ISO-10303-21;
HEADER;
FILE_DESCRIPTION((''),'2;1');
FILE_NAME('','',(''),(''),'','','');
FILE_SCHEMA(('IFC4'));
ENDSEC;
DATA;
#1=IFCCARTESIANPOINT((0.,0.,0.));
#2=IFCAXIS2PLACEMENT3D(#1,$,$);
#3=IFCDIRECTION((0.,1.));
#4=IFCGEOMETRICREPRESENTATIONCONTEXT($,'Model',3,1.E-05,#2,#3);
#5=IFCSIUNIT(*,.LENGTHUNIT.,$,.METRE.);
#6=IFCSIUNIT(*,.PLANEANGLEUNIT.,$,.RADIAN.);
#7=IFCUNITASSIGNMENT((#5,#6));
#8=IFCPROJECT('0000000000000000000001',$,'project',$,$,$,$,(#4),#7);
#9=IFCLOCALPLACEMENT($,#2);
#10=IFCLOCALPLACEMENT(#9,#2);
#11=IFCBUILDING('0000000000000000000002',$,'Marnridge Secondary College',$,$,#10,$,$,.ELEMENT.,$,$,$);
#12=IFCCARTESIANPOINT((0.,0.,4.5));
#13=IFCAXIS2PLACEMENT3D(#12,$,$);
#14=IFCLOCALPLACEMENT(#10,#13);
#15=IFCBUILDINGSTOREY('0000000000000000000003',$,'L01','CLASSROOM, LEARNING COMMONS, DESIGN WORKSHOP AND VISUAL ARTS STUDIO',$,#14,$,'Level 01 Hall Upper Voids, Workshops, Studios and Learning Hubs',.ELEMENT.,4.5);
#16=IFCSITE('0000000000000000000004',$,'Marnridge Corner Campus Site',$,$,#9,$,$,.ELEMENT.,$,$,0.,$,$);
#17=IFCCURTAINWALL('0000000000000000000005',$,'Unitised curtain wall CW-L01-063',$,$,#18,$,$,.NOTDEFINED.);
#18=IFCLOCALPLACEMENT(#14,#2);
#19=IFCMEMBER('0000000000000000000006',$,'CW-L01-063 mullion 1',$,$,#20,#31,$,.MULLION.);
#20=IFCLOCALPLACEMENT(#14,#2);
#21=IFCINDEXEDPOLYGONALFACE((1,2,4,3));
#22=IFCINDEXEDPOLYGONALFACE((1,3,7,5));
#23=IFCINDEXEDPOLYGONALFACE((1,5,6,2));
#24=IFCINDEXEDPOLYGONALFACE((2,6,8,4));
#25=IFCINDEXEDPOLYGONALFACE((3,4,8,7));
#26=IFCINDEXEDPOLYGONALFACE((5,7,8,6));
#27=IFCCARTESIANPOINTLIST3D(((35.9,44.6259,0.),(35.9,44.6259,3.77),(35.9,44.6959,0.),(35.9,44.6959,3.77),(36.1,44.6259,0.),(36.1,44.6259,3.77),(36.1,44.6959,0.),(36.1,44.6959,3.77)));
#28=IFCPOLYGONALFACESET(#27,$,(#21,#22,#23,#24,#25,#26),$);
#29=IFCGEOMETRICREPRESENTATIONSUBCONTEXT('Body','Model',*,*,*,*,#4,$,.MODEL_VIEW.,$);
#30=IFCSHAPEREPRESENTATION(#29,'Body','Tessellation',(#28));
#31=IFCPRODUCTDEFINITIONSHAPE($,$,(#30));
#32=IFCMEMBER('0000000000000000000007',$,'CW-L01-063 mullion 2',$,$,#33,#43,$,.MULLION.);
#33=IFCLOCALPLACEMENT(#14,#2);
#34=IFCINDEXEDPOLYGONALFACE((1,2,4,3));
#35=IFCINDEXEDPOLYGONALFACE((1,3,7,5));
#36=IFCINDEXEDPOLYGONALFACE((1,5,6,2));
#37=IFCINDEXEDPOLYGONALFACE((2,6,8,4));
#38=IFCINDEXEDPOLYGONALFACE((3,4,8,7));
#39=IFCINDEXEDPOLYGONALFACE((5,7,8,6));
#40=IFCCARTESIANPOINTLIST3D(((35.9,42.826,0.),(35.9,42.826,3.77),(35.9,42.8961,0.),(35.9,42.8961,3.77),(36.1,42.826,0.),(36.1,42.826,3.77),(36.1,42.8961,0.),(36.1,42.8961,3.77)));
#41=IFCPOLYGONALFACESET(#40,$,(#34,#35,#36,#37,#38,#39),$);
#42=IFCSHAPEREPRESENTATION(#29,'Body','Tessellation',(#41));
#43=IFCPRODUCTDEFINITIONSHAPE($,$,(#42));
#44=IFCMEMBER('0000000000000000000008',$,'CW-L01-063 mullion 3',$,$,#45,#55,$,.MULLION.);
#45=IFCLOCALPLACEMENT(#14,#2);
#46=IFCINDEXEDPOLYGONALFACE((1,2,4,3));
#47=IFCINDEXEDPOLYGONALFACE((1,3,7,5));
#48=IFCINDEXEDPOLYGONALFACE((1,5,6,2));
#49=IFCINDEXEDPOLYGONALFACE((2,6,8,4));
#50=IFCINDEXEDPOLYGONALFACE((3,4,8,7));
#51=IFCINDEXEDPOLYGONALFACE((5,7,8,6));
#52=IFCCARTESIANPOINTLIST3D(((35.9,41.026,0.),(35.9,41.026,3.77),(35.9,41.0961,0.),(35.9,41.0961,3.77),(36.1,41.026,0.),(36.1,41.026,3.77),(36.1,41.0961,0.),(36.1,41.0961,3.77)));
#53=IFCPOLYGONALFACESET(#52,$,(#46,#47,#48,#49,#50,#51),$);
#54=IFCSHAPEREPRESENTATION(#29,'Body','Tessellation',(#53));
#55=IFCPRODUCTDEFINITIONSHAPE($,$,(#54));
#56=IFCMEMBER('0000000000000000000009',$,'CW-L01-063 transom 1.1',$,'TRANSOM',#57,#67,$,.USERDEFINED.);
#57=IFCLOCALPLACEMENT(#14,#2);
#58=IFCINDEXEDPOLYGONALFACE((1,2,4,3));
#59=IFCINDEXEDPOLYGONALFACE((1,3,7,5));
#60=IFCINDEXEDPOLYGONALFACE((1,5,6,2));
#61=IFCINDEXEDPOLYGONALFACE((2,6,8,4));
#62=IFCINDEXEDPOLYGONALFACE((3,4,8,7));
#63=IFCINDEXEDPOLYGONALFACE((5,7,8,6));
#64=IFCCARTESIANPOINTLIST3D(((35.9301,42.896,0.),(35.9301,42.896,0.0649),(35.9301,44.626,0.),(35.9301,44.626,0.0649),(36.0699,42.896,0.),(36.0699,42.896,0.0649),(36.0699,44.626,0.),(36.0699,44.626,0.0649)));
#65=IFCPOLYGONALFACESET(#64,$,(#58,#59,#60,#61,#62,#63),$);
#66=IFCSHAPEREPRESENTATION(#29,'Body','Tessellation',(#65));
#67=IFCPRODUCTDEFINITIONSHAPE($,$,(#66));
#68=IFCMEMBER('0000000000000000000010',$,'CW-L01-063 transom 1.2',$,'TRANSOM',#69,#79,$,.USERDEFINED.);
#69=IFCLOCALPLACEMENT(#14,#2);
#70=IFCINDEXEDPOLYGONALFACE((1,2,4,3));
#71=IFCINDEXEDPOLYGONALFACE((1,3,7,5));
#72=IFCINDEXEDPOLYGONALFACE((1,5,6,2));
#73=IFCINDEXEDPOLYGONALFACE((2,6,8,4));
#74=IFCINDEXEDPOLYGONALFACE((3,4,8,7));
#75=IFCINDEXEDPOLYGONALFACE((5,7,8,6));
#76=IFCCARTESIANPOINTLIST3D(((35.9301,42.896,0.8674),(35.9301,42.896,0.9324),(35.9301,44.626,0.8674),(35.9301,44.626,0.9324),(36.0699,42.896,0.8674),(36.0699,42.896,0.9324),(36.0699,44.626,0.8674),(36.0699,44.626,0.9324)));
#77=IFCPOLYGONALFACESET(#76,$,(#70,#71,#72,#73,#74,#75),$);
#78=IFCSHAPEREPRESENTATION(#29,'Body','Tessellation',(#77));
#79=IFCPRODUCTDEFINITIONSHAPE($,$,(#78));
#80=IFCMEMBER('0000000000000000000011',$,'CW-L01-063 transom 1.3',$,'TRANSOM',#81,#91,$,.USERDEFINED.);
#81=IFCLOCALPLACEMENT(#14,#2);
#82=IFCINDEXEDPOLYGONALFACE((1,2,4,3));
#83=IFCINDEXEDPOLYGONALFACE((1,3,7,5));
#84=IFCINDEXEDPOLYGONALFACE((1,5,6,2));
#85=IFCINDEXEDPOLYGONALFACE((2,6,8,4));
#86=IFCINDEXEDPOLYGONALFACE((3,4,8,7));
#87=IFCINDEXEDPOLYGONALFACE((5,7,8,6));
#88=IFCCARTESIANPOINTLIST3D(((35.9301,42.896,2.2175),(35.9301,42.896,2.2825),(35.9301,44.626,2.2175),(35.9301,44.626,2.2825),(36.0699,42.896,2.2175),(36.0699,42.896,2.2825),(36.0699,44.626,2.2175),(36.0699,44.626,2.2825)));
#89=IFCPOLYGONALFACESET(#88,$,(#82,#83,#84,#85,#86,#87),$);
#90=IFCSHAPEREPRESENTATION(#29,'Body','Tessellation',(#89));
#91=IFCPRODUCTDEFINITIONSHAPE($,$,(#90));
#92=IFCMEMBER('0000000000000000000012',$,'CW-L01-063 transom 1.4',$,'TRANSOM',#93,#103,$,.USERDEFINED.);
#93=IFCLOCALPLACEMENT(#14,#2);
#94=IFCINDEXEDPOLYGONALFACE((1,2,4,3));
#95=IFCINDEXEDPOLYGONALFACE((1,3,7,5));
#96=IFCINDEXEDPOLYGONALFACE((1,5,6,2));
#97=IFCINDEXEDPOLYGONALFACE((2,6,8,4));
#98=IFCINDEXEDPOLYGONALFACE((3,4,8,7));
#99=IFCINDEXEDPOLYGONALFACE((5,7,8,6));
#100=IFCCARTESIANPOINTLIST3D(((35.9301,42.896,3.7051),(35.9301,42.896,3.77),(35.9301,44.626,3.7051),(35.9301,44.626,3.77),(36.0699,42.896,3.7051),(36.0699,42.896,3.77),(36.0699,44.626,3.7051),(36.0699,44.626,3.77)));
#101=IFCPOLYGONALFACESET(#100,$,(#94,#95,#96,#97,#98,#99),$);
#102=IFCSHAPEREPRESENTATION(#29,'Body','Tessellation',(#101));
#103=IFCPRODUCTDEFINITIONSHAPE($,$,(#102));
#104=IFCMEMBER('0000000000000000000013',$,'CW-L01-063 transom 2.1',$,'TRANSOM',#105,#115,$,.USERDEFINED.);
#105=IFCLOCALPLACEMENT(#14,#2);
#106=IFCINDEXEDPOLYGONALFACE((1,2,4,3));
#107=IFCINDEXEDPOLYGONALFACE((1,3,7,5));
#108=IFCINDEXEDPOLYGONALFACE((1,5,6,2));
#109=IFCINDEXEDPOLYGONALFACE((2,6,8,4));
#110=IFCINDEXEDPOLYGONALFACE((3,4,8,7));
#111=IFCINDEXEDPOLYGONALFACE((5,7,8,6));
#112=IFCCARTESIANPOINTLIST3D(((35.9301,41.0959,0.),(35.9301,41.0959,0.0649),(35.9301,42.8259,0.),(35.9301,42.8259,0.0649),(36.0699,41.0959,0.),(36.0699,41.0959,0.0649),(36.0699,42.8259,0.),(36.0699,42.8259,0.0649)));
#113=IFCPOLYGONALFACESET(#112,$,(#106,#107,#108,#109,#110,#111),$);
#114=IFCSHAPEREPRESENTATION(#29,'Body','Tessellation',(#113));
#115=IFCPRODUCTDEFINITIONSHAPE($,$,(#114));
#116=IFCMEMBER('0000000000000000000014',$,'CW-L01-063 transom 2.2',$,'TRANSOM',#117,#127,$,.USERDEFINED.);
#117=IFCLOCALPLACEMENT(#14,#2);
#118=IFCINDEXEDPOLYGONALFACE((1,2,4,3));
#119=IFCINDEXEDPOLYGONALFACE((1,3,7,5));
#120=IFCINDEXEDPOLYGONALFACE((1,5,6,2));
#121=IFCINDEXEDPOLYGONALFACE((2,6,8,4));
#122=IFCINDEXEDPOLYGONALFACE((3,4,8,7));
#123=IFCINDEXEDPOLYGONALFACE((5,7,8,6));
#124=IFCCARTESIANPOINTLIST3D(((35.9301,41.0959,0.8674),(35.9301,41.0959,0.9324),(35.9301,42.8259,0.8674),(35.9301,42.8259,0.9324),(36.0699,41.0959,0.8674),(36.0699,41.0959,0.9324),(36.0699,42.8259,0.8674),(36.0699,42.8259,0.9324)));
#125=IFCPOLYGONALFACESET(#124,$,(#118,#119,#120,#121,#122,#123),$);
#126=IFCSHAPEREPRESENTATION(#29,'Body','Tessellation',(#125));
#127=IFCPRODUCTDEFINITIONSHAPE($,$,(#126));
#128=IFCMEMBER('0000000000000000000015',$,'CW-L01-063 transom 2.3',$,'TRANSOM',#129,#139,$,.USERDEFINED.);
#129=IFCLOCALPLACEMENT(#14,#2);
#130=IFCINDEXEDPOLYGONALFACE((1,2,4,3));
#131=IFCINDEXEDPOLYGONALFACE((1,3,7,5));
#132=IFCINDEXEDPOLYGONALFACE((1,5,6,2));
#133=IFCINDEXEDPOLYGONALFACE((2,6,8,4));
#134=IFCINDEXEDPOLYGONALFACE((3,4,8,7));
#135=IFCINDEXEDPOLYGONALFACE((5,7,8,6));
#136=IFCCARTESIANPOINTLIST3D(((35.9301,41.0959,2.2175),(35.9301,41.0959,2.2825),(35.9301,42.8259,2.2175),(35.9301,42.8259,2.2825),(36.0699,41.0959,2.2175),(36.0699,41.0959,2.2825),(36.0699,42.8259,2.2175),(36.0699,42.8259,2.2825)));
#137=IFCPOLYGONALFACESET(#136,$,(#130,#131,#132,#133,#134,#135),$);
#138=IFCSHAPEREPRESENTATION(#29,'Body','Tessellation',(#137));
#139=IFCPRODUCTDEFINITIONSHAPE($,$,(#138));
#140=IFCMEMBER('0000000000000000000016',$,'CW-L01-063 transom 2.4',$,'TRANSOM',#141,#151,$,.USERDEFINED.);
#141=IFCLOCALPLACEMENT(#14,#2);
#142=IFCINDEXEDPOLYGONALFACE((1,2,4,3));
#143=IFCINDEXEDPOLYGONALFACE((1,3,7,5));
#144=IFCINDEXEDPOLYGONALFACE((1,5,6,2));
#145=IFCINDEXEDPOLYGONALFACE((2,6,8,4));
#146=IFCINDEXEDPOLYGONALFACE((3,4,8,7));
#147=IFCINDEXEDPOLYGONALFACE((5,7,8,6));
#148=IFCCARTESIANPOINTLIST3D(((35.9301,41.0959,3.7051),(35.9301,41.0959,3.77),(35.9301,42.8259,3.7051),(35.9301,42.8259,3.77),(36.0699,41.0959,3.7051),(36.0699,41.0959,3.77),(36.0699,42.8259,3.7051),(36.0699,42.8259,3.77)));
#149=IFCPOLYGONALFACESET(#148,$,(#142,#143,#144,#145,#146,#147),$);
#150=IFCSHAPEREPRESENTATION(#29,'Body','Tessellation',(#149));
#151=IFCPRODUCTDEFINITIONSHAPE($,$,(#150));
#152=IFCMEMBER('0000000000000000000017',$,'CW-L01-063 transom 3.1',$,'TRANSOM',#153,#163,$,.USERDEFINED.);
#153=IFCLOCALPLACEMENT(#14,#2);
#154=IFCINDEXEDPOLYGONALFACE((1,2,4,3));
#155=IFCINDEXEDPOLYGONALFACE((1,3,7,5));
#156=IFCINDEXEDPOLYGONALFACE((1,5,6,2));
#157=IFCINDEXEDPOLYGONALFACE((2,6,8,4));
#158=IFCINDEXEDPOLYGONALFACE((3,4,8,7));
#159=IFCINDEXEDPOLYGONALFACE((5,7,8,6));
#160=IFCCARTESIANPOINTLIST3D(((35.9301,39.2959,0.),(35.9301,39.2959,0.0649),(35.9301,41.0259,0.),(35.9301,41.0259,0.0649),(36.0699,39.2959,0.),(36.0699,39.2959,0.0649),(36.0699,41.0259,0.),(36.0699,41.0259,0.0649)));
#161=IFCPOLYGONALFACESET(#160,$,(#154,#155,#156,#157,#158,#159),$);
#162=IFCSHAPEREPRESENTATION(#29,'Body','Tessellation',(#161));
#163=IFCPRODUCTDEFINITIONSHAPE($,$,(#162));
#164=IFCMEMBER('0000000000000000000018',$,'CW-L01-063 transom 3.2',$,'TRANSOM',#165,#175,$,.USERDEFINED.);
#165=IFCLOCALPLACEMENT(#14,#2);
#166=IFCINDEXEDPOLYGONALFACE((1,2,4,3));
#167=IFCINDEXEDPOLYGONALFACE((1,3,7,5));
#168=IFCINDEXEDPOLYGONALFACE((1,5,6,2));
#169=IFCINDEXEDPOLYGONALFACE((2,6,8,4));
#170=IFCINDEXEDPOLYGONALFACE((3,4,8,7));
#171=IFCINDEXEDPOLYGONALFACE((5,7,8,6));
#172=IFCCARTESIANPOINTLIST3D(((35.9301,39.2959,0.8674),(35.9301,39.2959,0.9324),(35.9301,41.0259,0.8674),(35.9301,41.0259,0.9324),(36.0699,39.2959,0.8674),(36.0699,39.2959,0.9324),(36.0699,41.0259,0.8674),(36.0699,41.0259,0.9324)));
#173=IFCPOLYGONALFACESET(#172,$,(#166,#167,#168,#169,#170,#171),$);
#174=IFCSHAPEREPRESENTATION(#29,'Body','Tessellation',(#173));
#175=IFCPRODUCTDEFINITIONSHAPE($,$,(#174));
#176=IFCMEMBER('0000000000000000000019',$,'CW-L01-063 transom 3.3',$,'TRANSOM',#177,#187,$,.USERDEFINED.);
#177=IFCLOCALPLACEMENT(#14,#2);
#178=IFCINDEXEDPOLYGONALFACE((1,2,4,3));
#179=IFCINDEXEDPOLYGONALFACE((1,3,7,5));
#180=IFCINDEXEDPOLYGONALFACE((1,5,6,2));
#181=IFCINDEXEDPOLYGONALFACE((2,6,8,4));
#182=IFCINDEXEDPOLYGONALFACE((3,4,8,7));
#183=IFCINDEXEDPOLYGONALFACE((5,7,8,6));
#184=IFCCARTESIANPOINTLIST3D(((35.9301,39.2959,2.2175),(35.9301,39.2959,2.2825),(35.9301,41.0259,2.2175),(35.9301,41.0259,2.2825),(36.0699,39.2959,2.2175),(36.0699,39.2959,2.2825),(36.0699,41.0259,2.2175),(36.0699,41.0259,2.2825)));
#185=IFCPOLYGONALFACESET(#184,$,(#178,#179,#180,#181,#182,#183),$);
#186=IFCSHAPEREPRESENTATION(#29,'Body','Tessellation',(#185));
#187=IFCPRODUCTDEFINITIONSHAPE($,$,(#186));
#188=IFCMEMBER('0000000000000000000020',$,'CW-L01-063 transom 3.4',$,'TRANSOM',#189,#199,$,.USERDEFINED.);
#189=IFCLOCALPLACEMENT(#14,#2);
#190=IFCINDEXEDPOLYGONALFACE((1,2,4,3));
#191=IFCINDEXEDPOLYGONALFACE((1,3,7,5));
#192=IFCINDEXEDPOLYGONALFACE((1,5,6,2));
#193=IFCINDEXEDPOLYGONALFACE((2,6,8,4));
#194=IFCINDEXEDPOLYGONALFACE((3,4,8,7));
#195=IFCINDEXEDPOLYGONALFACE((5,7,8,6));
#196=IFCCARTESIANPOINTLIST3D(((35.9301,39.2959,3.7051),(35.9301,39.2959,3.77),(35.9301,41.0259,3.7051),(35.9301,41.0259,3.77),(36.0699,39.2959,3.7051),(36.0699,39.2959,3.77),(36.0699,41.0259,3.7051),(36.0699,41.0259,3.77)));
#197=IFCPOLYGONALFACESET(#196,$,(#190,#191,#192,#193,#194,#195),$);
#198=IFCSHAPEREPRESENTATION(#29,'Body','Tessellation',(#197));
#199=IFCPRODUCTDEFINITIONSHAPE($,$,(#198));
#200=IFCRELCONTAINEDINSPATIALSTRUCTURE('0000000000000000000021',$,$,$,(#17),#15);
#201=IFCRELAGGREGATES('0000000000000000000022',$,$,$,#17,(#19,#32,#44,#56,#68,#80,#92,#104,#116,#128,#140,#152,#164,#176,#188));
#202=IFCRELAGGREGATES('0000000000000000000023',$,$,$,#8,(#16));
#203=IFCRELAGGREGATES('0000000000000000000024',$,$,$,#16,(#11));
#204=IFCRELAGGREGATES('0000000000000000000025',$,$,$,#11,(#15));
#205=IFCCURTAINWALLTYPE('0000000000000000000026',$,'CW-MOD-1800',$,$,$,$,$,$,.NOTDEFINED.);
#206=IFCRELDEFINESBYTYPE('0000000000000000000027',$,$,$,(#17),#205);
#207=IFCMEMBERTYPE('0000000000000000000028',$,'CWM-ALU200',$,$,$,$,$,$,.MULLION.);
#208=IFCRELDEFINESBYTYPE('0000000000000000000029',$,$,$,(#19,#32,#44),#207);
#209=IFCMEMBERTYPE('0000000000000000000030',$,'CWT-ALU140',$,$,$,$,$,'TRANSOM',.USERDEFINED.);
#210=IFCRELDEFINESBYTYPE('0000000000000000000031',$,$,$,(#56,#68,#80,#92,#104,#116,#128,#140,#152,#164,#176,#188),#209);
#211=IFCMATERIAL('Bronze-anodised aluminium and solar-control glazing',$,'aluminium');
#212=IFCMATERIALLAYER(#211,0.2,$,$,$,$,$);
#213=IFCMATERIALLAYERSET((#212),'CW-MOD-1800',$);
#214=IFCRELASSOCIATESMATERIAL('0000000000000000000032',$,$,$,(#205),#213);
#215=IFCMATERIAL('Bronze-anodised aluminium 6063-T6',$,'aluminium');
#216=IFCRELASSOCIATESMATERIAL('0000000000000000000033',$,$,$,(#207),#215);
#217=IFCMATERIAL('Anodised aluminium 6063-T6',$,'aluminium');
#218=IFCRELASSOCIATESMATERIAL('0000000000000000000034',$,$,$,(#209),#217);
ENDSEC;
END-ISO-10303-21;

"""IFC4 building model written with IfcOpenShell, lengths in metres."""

from ifc_helpers import new_model, si_unit, direction, frame, origin, origin_2d, place, context, subcontext, project, spatial, rectangle, extrude, material, layer, layer_set, material_profile, profile_set, type_object, element, aggregate, save


model = new_model("IFC4")

# Units and contexts
model_context = context("Model", 3, precision=1e-05, world=origin(), true_north=direction((0.0, 1.0)))
body_context = subcontext(model_context, "Body", "Model", "MODEL_VIEW")
ifc_project = project(units=[si_unit("LENGTHUNIT", "METRE"), si_unit("PLANEANGLEUNIT", "RADIAN")], contexts=[model_context])

# Site, building, storey
site_placement = place(None, origin())
site = spatial("IfcSite", under=ifc_project, at=site_placement, Name="Marnridge Corner Campus Site", CompositionType="ELEMENT", RefElevation=0.0)
building_placement = place(site_placement, origin())
building = spatial("IfcBuilding", under=site, at=building_placement, Name="Marnridge Secondary College", CompositionType="ELEMENT")
storey_placement = place(building_placement, frame((0.0, 0.0, 4.5)))
storey = spatial("IfcBuildingStorey", under=building, at=storey_placement, Name="L01", Description="CLASSROOM, LEARNING COMMONS, DESIGN WORKSHOP AND VISUAL ARTS STUDIO", LongName="Level 01 Hall Upper Voids, Workshops, Studios and Learning Hubs", CompositionType="ELEMENT", Elevation=4.5)

# Curtain wall, members
ifc_material_1 = material(Name="Bronze-anodised aluminium and solar-control glazing", Category="aluminium")
ifc_layer_1 = layer(ifc_material_1, 0.2)
ifc_layer_set_1 = layer_set([ifc_layer_1], Name="CW-MOD-1800")
curtain_wall_type = type_object("IfcCurtainWallType", Name="CW-MOD-1800", PredefinedType="NOTDEFINED", material=ifc_layer_set_1)
curtain_wall_placement = place(storey_placement, origin())
curtain_wall = element("IfcCurtainWall", 1, at=curtain_wall_placement, inside=storey, type_object=curtain_wall_type, Name="Unitised curtain wall CW-L01-063", PredefinedType="NOTDEFINED")
ifc_material_2 = material(Name="Bronze-anodised aluminium 6063-T6", Category="aluminium")
ifc_material_profile_1 = material_profile(ifc_material_2, rectangle(XDim=0.0701, YDim=0.2, at=origin_2d()), Name="ALU 70x200")
ifc_profile_set_1 = profile_set([ifc_material_profile_1], Name="Bronze-anodised aluminium 6063-T6")
member_type_1 = type_object("IfcMemberType", Name="CWM-ALU200", PredefinedType="MULLION", material=ifc_profile_set_1)
member_1_placement = place(storey_placement, frame((36.0, 44.6609, 0.0), z_axis=(0.0, 0.0, 1.0), x_axis=(0.0, -1.0, 0.0)))
member_1 = element("IfcMember", 2, at=member_1_placement, type_object=member_type_1, Name="CW-L01-063 mullion 1", PredefinedType="MULLION", context=body_context, shape_type="SweptSolid", body=[
    extrude(rectangle(XDim=0.0701, YDim=0.2, at=origin_2d()), origin(), (0.0, 0.0, 1.0), 3.77),
])
member_2_placement = place(storey_placement, frame((36.0, 42.8611, 0.0), z_axis=(0.0, 0.0, 1.0), x_axis=(0.0, -1.0, 0.0)))
member_2 = element("IfcMember", 3, at=member_2_placement, type_object=member_type_1, Name="CW-L01-063 mullion 2", PredefinedType="MULLION", context=body_context, shape_type="SweptSolid", body=[
    extrude(rectangle(XDim=0.0701, YDim=0.2, at=origin_2d()), origin(), (0.0, 0.0, 1.0), 3.77),
])
member_3_placement = place(storey_placement, frame((36.0, 41.061, 0.0), z_axis=(0.0, 0.0, 1.0), x_axis=(0.0, -1.0, 0.0)))
member_3 = element("IfcMember", 4, at=member_3_placement, type_object=member_type_1, Name="CW-L01-063 mullion 3", PredefinedType="MULLION", context=body_context, shape_type="SweptSolid", body=[
    extrude(rectangle(XDim=0.0701, YDim=0.2, at=origin_2d()), origin(), (0.0, 0.0, 1.0), 3.77),
])
ifc_material_3 = material(Name="Anodised aluminium 6063-T6", Category="aluminium")
ifc_material_profile_2 = material_profile(ifc_material_3, rectangle(XDim=0.0649, YDim=0.1399, at=origin_2d()), Name="ALU 65x140")
ifc_profile_set_2 = profile_set([ifc_material_profile_2], Name="Anodised aluminium 6063-T6")
member_type_2 = type_object("IfcMemberType", Name="CWT-ALU140", ElementType="TRANSOM", PredefinedType="USERDEFINED", material=ifc_profile_set_2)
member_4_placement = place(storey_placement, frame((36.0, 44.626, 0.0325), z_axis=(0.0, -1.0, 0.0), x_axis=(0.0, 0.0, 1.0)))
member_4 = element("IfcMember", 5, at=member_4_placement, type_object=member_type_2, Name="CW-L01-063 transom 1.1", ObjectType="TRANSOM", PredefinedType="USERDEFINED", context=body_context, shape_type="SweptSolid", body=[
    extrude(rectangle(XDim=0.0649, YDim=0.1399, at=origin_2d()), origin(), (0.0, 0.0, 1.0), 1.73),
])
member_5_placement = place(storey_placement, frame((36.0, 44.626, 0.8999), z_axis=(0.0, -1.0, 0.0), x_axis=(0.0, 0.0, 1.0)))
member_5 = element("IfcMember", 6, at=member_5_placement, type_object=member_type_2, Name="CW-L01-063 transom 1.2", ObjectType="TRANSOM", PredefinedType="USERDEFINED", context=body_context, shape_type="SweptSolid", body=[
    extrude(rectangle(XDim=0.0649, YDim=0.1399, at=origin_2d()), origin(), (0.0, 0.0, 1.0), 1.73),
])
member_6_placement = place(storey_placement, frame((36.0, 44.626, 2.25), z_axis=(0.0, -1.0, 0.0), x_axis=(0.0, 0.0, 1.0)))
member_6 = element("IfcMember", 7, at=member_6_placement, type_object=member_type_2, Name="CW-L01-063 transom 1.3", ObjectType="TRANSOM", PredefinedType="USERDEFINED", context=body_context, shape_type="SweptSolid", body=[
    extrude(rectangle(XDim=0.0649, YDim=0.1399, at=origin_2d()), origin(), (0.0, 0.0, 1.0), 1.73),
])
member_7_placement = place(storey_placement, frame((36.0, 44.626, 3.7375), z_axis=(0.0, -1.0, 0.0), x_axis=(0.0, 0.0, 1.0)))
member_7 = element("IfcMember", 8, at=member_7_placement, type_object=member_type_2, Name="CW-L01-063 transom 1.4", ObjectType="TRANSOM", PredefinedType="USERDEFINED", context=body_context, shape_type="SweptSolid", body=[
    extrude(rectangle(XDim=0.0649, YDim=0.1399, at=origin_2d()), origin(), (0.0, 0.0, 1.0), 1.73),
])
member_8_placement = place(storey_placement, frame((36.0, 42.8259, 0.0325), z_axis=(0.0, -1.0, 0.0), x_axis=(0.0, 0.0, 1.0)))
member_8 = element("IfcMember", 9, at=member_8_placement, type_object=member_type_2, Name="CW-L01-063 transom 2.1", ObjectType="TRANSOM", PredefinedType="USERDEFINED", context=body_context, shape_type="SweptSolid", body=[
    extrude(rectangle(XDim=0.0649, YDim=0.1399, at=origin_2d()), origin(), (0.0, 0.0, 1.0), 1.73),
])
member_9_placement = place(storey_placement, frame((36.0, 42.8259, 0.8999), z_axis=(0.0, -1.0, 0.0), x_axis=(0.0, 0.0, 1.0)))
member_9 = element("IfcMember", 10, at=member_9_placement, type_object=member_type_2, Name="CW-L01-063 transom 2.2", ObjectType="TRANSOM", PredefinedType="USERDEFINED", context=body_context, shape_type="SweptSolid", body=[
    extrude(rectangle(XDim=0.0649, YDim=0.1399, at=origin_2d()), origin(), (0.0, 0.0, 1.0), 1.73),
])
member_10_placement = place(storey_placement, frame((36.0, 42.8259, 2.25), z_axis=(0.0, -1.0, 0.0), x_axis=(0.0, 0.0, 1.0)))
member_10 = element("IfcMember", 11, at=member_10_placement, type_object=member_type_2, Name="CW-L01-063 transom 2.3", ObjectType="TRANSOM", PredefinedType="USERDEFINED", context=body_context, shape_type="SweptSolid", body=[
    extrude(rectangle(XDim=0.0649, YDim=0.1399, at=origin_2d()), origin(), (0.0, 0.0, 1.0), 1.73),
])
member_11_placement = place(storey_placement, frame((36.0, 42.8259, 3.7375), z_axis=(0.0, -1.0, 0.0), x_axis=(0.0, 0.0, 1.0)))
member_11 = element("IfcMember", 12, at=member_11_placement, type_object=member_type_2, Name="CW-L01-063 transom 2.4", ObjectType="TRANSOM", PredefinedType="USERDEFINED", context=body_context, shape_type="SweptSolid", body=[
    extrude(rectangle(XDim=0.0649, YDim=0.1399, at=origin_2d()), origin(), (0.0, 0.0, 1.0), 1.73),
])
member_12_placement = place(storey_placement, frame((36.0, 41.0259, 0.0325), z_axis=(0.0, -1.0, 0.0), x_axis=(0.0, 0.0, 1.0)))
member_12 = element("IfcMember", 13, at=member_12_placement, type_object=member_type_2, Name="CW-L01-063 transom 3.1", ObjectType="TRANSOM", PredefinedType="USERDEFINED", context=body_context, shape_type="SweptSolid", body=[
    extrude(rectangle(XDim=0.0649, YDim=0.1399, at=origin_2d()), origin(), (0.0, 0.0, 1.0), 1.73),
])
member_13_placement = place(storey_placement, frame((36.0, 41.0259, 0.8999), z_axis=(0.0, -1.0, 0.0), x_axis=(0.0, 0.0, 1.0)))
member_13 = element("IfcMember", 14, at=member_13_placement, type_object=member_type_2, Name="CW-L01-063 transom 3.2", ObjectType="TRANSOM", PredefinedType="USERDEFINED", context=body_context, shape_type="SweptSolid", body=[
    extrude(rectangle(XDim=0.0649, YDim=0.1399, at=origin_2d()), origin(), (0.0, 0.0, 1.0), 1.73),
])
member_14_placement = place(storey_placement, frame((36.0, 41.0259, 2.25), z_axis=(0.0, -1.0, 0.0), x_axis=(0.0, 0.0, 1.0)))
member_14 = element("IfcMember", 15, at=member_14_placement, type_object=member_type_2, Name="CW-L01-063 transom 3.3", ObjectType="TRANSOM", PredefinedType="USERDEFINED", context=body_context, shape_type="SweptSolid", body=[
    extrude(rectangle(XDim=0.0649, YDim=0.1399, at=origin_2d()), origin(), (0.0, 0.0, 1.0), 1.73),
])
member_15_placement = place(storey_placement, frame((36.0, 41.0259, 3.7375), z_axis=(0.0, -1.0, 0.0), x_axis=(0.0, 0.0, 1.0)))
member_15 = element("IfcMember", 16, at=member_15_placement, type_object=member_type_2, Name="CW-L01-063 transom 3.4", ObjectType="TRANSOM", PredefinedType="USERDEFINED", context=body_context, shape_type="SweptSolid", body=[
    extrude(rectangle(XDim=0.0649, YDim=0.1399, at=origin_2d()), origin(), (0.0, 0.0, 1.0), 1.73),
])
aggregate(curtain_wall, [member_1, member_2, member_3, member_4, member_5, member_6, member_7, member_8, member_9, member_10, member_11, member_12, member_13, member_14, member_15])

save(model, "model.ifc")
